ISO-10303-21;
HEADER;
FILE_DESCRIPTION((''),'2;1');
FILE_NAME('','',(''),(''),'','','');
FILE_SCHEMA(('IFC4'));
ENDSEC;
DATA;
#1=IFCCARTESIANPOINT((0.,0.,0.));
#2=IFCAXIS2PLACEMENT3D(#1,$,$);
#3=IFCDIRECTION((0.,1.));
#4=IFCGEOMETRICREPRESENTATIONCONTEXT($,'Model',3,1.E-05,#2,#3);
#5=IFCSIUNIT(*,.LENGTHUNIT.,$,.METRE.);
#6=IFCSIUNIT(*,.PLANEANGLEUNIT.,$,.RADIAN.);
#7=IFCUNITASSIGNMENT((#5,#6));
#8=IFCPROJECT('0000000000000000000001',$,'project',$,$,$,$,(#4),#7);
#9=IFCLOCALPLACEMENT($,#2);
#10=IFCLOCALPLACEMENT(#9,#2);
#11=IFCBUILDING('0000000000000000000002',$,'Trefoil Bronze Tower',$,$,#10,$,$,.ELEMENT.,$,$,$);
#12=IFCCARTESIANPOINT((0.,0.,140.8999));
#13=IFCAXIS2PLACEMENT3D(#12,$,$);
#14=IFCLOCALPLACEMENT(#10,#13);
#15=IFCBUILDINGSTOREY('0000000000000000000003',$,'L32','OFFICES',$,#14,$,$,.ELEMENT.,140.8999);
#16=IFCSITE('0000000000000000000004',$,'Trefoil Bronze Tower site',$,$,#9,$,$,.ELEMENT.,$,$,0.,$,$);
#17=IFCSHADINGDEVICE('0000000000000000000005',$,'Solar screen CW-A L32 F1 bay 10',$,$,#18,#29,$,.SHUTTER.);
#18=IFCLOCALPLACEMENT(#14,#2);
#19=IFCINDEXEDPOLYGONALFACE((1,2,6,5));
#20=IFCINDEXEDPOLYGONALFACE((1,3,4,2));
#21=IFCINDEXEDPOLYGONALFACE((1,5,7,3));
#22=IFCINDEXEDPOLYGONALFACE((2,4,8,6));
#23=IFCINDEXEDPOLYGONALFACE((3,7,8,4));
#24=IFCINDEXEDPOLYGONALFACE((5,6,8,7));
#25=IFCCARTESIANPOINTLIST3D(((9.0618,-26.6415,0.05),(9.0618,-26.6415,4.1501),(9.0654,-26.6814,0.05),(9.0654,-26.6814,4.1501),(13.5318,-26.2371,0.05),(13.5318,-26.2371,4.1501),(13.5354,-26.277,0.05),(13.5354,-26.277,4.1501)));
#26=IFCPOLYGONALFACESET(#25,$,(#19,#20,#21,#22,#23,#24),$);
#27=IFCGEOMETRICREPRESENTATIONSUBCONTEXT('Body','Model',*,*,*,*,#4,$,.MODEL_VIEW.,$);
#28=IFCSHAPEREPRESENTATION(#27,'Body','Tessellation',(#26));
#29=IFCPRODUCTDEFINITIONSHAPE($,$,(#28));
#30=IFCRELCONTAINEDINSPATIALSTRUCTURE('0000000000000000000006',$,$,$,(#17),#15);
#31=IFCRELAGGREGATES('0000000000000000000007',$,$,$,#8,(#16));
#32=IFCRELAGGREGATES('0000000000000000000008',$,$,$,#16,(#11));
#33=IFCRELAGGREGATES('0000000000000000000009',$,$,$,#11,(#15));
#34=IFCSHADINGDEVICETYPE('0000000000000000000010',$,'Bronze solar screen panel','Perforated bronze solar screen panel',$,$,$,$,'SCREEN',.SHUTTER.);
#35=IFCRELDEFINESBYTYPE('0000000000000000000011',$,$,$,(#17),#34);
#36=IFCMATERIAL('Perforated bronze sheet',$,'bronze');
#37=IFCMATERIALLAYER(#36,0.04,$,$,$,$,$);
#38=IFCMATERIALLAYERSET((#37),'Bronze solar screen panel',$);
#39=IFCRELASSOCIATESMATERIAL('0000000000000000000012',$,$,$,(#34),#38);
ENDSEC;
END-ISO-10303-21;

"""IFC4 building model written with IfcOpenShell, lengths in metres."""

from ifc_helpers import new_model, si_unit, direction, frame, origin, origin_2d, place, context, subcontext, project, spatial, rectangle, extrude, material, layer, layer_set, type_object, element, save


model = new_model("IFC4")

# Units and contexts
model_context = context("Model", 3, precision=1e-05, world=origin(), true_north=direction((0.0, 1.0)))
body_context = subcontext(model_context, "Body", "Model", "MODEL_VIEW")
ifc_project = project(units=[si_unit("LENGTHUNIT", "METRE"), si_unit("PLANEANGLEUNIT", "RADIAN")], contexts=[model_context])

# Site, building, storey
site_placement = place(None, origin())
site = spatial("IfcSite", under=ifc_project, at=site_placement, Name="Trefoil Bronze Tower site", CompositionType="ELEMENT", RefElevation=0.0)
building_placement = place(site_placement, origin())
building = spatial("IfcBuilding", under=site, at=building_placement, Name="Trefoil Bronze Tower", CompositionType="ELEMENT")
storey_placement = place(building_placement, frame((0.0, 0.0, 140.8999)))
storey = spatial("IfcBuildingStorey", under=building, at=storey_placement, Name="L32", Description="OFFICES", CompositionType="ELEMENT", Elevation=140.8999)

# Shading device
ifc_material_1 = material(Name="Perforated bronze sheet", Category="bronze")
ifc_layer_1 = layer(ifc_material_1, 0.04)
ifc_layer_set_1 = layer_set([ifc_layer_1], Name="Bronze solar screen panel")
shading_device_type = type_object("IfcShadingDeviceType", Name="Bronze solar screen panel", Description="Perforated bronze solar screen panel", ElementType="SCREEN", PredefinedType="SHUTTER", material=ifc_layer_set_1)
shading_device_1_placement = place(storey_placement, frame((11.2986, -26.4592, 0.05), z_axis=(0.0, 0.0, 1.0), x_axis=(0.995932, 0.090105, 0.0)))
element("IfcShadingDevice", 1, at=shading_device_1_placement, inside=storey, type_object=shading_device_type, Name="Solar screen CW-A L32 F1 bay 10", PredefinedType="SHUTTER", context=body_context, shape_type="SweptSolid", body=[
    extrude(rectangle(XDim=4.4883, YDim=0.04, at=origin_2d()), origin(), (0.0, 0.0, 1.0), 4.1001),
])

save(model, "model.ifc")
